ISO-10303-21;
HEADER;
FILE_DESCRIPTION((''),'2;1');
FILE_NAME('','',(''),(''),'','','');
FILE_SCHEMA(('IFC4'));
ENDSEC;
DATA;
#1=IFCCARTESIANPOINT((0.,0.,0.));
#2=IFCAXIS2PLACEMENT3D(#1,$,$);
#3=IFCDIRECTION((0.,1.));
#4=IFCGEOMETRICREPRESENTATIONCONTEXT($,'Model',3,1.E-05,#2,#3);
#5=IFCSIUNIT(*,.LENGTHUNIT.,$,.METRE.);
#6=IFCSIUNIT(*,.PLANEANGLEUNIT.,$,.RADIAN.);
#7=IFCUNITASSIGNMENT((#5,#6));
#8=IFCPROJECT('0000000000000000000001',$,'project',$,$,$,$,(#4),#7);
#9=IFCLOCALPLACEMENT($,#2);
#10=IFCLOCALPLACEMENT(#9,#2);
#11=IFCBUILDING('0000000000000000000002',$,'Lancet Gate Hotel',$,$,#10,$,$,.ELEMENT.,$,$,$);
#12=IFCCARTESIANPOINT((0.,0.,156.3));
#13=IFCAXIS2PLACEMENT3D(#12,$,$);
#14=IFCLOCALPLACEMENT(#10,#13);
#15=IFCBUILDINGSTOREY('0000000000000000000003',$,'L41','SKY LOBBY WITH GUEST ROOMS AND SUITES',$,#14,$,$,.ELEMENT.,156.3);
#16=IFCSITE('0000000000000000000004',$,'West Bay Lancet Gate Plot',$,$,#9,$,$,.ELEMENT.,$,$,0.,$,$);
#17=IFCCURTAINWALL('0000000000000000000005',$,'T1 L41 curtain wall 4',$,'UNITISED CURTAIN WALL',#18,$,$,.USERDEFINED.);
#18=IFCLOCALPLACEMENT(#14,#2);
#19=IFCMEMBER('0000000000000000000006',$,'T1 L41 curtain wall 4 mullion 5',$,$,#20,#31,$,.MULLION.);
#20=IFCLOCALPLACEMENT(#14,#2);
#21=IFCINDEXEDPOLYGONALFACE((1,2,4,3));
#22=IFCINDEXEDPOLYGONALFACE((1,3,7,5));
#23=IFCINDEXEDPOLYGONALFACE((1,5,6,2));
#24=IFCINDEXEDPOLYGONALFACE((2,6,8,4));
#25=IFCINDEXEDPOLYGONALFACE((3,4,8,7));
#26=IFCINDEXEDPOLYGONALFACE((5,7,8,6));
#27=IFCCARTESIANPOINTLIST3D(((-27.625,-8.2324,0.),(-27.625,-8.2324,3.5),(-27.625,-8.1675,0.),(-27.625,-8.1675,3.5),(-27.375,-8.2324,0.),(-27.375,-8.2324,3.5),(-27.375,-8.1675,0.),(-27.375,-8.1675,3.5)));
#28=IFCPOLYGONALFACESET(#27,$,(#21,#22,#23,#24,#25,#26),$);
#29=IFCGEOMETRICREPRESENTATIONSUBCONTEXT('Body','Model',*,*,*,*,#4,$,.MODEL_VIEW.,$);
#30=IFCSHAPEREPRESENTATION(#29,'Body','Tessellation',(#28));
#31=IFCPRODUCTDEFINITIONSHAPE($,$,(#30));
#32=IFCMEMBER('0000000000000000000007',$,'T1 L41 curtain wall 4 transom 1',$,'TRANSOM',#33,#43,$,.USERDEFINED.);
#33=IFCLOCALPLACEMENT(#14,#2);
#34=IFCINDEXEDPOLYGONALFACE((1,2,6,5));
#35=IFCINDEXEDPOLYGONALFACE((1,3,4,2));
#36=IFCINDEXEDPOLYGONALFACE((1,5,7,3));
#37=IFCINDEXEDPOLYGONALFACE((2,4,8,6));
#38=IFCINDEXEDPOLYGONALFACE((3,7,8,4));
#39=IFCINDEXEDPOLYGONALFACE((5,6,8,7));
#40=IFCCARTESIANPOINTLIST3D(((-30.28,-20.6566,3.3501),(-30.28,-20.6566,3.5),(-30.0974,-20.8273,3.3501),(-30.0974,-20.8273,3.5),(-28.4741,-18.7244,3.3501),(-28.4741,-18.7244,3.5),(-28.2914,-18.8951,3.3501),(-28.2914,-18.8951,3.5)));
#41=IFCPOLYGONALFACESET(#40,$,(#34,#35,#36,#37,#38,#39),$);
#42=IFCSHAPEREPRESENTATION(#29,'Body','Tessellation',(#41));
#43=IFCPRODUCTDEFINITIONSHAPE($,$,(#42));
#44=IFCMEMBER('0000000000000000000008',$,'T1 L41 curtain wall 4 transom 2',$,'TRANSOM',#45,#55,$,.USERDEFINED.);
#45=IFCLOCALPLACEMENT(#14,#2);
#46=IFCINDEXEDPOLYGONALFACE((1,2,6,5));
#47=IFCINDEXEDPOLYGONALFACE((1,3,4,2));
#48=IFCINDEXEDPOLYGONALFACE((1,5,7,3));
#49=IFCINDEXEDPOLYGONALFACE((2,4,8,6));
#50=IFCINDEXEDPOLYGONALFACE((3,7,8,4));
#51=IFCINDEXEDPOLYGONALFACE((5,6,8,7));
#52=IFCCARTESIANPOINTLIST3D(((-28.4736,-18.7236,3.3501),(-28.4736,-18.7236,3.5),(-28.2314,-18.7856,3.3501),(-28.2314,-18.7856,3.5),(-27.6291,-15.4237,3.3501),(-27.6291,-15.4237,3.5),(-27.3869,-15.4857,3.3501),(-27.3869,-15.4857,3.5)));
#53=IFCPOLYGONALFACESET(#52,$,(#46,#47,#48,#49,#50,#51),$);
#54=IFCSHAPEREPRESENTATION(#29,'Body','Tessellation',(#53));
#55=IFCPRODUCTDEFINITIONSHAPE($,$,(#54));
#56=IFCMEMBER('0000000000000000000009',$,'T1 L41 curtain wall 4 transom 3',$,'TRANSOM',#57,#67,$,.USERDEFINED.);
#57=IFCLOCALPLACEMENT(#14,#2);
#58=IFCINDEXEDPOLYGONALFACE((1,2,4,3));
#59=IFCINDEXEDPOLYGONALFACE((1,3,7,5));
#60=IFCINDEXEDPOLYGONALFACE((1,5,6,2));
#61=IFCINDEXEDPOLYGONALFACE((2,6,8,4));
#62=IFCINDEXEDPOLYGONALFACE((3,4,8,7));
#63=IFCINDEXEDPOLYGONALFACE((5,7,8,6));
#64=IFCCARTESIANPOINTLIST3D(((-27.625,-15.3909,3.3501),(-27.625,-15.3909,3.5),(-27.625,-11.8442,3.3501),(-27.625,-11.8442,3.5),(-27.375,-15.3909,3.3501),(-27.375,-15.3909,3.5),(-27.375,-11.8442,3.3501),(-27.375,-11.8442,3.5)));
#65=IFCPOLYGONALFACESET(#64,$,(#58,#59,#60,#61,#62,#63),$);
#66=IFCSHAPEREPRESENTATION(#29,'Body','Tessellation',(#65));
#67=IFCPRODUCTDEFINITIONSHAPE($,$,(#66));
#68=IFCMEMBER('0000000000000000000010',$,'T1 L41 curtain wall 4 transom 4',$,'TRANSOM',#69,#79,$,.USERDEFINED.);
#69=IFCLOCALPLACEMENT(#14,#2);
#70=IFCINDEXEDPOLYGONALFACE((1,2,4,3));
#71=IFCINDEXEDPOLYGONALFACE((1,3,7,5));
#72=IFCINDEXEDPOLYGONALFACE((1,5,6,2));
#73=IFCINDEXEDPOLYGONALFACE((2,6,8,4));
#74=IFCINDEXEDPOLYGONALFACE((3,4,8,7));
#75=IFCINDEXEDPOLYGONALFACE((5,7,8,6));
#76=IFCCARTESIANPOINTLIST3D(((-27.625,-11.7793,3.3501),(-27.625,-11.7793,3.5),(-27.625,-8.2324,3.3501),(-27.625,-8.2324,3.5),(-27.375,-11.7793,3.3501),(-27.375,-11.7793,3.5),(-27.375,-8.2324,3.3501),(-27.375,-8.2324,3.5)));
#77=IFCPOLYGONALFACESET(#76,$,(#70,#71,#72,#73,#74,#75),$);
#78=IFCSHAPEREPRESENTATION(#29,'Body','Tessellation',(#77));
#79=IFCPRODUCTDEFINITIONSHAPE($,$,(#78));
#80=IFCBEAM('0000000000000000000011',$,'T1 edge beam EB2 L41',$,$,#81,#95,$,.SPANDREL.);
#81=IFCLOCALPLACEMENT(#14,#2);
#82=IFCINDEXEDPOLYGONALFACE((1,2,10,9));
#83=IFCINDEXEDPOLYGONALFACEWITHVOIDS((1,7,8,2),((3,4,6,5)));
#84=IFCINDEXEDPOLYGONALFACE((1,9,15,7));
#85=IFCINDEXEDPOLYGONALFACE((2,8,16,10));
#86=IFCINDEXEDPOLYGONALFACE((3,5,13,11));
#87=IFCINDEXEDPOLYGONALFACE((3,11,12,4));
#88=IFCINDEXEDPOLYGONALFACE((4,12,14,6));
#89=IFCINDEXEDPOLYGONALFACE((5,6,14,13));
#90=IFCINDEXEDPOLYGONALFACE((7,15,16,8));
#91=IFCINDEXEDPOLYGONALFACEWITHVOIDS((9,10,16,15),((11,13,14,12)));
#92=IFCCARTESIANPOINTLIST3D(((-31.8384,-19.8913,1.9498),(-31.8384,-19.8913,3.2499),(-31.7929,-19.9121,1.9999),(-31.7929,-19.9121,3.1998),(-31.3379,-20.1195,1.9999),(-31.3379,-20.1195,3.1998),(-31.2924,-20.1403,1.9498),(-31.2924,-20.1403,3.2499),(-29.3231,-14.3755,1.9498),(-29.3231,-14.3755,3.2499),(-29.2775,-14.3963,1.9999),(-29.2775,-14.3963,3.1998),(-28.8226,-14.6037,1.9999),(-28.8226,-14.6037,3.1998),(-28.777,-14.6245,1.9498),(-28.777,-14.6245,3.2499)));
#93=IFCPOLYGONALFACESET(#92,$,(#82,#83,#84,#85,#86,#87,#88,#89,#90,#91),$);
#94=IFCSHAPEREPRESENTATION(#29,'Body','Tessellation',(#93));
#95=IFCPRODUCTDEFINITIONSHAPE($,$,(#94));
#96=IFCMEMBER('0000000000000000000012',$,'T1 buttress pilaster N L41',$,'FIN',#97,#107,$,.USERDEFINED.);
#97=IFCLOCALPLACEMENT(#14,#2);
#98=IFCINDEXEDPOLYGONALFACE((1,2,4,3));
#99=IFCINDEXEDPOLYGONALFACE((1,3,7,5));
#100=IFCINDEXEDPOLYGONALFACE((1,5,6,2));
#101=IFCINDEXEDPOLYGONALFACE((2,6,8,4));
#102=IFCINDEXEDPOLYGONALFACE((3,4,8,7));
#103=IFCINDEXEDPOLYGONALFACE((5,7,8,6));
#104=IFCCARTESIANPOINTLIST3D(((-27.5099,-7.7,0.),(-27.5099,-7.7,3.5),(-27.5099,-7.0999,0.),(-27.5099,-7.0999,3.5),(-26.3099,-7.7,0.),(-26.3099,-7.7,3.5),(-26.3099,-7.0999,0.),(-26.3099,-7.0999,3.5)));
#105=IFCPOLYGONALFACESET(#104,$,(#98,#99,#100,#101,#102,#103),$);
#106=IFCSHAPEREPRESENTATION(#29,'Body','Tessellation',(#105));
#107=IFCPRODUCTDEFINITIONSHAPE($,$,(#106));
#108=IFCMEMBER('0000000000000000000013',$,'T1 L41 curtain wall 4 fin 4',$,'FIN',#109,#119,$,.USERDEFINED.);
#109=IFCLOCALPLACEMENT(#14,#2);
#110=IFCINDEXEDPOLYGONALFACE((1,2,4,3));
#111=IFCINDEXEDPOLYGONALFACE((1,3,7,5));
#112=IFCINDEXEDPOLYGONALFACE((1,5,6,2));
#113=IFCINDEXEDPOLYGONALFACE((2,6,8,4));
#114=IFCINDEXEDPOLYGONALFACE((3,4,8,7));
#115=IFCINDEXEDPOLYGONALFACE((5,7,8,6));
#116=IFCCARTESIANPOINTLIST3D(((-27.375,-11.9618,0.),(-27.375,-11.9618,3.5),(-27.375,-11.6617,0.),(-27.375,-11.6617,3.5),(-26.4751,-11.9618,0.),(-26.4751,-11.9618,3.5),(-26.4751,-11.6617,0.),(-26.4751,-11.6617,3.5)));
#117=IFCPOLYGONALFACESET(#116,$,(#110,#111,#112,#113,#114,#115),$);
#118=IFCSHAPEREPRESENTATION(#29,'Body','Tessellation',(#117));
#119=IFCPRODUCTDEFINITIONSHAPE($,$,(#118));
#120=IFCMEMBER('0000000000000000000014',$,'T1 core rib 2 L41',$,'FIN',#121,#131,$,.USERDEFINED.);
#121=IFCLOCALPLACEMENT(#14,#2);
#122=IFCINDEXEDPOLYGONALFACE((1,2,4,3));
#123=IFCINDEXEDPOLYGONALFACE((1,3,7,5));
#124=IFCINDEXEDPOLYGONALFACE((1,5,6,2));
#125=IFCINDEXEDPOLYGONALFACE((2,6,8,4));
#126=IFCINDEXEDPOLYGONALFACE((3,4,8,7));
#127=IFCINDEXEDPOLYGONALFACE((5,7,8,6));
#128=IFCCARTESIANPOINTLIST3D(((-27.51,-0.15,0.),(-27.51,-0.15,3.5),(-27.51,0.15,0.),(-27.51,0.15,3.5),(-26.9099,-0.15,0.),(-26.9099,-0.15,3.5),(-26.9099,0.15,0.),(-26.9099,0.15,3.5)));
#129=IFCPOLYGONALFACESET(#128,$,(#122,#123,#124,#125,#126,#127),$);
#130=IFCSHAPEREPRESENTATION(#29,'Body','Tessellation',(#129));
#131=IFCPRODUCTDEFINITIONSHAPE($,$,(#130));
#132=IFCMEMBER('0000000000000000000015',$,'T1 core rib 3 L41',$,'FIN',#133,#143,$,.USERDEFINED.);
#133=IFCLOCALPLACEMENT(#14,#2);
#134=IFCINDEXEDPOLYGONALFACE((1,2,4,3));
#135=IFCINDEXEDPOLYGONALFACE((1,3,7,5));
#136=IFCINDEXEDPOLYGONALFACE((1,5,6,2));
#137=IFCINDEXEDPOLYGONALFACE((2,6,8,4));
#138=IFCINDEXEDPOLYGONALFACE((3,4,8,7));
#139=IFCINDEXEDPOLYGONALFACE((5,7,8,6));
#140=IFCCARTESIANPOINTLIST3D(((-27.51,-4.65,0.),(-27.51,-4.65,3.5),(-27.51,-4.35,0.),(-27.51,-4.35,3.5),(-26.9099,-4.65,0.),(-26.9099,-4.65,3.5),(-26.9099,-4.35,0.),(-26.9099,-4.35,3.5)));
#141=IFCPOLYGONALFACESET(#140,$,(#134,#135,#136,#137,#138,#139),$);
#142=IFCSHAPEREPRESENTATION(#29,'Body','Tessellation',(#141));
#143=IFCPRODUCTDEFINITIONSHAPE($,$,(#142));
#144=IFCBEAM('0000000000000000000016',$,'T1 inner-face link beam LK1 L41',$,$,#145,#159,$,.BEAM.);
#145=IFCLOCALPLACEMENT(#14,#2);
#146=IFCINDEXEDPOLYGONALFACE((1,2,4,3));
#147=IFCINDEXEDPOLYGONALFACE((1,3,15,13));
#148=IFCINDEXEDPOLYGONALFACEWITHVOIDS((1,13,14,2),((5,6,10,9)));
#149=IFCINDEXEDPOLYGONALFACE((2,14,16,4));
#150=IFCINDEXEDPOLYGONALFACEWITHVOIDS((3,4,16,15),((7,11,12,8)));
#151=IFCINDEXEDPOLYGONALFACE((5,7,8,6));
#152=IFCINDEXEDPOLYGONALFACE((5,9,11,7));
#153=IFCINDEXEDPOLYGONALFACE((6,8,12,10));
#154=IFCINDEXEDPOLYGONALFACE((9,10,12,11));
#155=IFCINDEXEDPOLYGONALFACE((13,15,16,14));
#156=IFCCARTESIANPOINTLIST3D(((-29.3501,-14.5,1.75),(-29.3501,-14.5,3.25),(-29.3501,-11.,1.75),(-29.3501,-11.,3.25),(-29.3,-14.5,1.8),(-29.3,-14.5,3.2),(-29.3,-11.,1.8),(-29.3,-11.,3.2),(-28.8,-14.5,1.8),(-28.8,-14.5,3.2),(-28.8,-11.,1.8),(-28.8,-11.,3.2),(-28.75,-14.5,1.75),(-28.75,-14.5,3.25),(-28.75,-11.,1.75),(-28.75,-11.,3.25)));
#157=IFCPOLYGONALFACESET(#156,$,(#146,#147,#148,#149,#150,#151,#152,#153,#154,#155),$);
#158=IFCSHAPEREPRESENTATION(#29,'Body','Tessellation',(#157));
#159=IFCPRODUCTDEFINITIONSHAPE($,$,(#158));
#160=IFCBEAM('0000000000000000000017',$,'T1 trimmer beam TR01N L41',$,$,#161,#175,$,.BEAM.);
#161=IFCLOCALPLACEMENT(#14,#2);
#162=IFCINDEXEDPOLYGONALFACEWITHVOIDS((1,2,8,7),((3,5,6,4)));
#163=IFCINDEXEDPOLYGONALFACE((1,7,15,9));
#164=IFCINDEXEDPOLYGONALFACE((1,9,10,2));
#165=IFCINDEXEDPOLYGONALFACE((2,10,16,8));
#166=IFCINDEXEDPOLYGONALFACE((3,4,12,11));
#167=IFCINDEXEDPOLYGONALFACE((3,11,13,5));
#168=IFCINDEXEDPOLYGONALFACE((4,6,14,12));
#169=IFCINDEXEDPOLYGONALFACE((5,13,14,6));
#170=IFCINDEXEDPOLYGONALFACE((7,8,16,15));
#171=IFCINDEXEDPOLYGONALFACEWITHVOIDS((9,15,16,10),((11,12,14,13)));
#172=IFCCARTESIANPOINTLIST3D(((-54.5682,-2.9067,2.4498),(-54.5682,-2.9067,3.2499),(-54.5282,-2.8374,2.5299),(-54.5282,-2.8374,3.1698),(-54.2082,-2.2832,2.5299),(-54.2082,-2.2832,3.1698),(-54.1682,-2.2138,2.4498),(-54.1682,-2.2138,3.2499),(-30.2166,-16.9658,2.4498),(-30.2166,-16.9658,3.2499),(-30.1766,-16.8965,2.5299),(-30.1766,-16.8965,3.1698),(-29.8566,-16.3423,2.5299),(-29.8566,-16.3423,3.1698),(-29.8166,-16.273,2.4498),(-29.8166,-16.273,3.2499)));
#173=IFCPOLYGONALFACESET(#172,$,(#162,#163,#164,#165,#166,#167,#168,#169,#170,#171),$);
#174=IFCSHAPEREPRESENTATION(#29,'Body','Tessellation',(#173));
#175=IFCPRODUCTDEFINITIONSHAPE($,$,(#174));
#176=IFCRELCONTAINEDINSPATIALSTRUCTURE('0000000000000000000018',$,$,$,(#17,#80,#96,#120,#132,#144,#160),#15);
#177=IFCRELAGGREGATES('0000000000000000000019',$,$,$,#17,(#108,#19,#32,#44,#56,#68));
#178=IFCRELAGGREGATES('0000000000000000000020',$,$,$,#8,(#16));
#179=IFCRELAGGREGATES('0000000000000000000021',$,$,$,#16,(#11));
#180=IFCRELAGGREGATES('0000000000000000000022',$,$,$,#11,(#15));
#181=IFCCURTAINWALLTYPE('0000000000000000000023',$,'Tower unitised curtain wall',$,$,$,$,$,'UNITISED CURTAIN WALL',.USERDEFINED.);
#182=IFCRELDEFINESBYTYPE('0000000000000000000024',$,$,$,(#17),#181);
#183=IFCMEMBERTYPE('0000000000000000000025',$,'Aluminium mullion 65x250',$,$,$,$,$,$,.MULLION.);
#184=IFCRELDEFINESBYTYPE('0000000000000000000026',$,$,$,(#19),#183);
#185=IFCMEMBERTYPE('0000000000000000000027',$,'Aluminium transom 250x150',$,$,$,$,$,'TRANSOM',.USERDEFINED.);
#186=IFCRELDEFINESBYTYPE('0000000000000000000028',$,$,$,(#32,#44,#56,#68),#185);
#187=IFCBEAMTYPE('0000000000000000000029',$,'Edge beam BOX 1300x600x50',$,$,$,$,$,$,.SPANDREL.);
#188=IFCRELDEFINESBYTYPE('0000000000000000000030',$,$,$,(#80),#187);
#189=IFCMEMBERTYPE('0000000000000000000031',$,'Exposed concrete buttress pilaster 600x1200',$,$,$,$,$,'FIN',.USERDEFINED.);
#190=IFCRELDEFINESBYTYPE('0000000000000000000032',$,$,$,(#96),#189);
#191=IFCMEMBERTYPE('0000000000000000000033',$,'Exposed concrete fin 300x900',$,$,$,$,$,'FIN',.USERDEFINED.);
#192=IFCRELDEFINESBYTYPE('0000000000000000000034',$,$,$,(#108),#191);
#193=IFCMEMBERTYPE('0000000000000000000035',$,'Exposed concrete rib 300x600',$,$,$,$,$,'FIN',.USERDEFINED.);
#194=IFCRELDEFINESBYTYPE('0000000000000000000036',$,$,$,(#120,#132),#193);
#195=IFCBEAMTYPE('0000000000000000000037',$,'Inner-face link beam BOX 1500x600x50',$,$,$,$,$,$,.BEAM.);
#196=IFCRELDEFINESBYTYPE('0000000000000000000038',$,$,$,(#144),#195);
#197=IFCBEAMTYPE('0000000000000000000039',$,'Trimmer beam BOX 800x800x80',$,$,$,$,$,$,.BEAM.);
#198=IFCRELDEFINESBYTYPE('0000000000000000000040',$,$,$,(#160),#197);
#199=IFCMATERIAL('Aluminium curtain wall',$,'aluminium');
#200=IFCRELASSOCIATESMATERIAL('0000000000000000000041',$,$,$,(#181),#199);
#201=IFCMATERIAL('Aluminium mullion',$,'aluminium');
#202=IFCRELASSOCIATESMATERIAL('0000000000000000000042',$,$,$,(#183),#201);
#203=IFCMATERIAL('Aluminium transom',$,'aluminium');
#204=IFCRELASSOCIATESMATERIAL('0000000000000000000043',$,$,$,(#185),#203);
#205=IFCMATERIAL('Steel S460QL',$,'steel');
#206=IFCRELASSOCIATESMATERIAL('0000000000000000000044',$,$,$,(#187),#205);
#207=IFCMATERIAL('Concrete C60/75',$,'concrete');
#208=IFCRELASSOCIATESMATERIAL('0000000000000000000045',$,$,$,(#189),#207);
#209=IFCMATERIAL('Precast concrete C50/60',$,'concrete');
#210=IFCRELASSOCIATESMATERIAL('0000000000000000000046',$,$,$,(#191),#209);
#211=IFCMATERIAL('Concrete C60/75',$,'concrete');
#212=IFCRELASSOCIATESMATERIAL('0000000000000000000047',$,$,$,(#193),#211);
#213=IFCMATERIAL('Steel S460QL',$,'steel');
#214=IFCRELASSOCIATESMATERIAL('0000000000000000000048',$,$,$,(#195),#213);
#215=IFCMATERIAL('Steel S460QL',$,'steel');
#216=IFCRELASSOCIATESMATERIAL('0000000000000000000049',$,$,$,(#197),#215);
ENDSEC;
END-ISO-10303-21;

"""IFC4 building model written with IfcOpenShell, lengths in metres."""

from ifc_helpers import new_model, si_unit, direction, frame, origin, origin_2d, place, context, subcontext, project, spatial, rectangle, hollow_rectangle, extrude, material, material_profile, profile_set, type_object, element, aggregate, save


model = new_model("IFC4")

# Units and contexts
model_context = context("Model", 3, precision=1e-05, world=origin(), true_north=direction((0.0, 1.0)))
body_context = subcontext(model_context, "Body", "Model", "MODEL_VIEW")
ifc_project = project(units=[si_unit("LENGTHUNIT", "METRE"), si_unit("PLANEANGLEUNIT", "RADIAN")], contexts=[model_context])

# Site, building, storey
site_placement = place(None, origin())
site = spatial("IfcSite", under=ifc_project, at=site_placement, Name="West Bay Lancet Gate Plot", CompositionType="ELEMENT", RefElevation=0.0)
building_placement = place(site_placement, origin())
building = spatial("IfcBuilding", under=site, at=building_placement, Name="Lancet Gate Hotel", CompositionType="ELEMENT")
storey_placement = place(building_placement, frame((0.0, 0.0, 156.3)))
storey = spatial("IfcBuildingStorey", under=building, at=storey_placement, Name="L41", Description="SKY LOBBY WITH GUEST ROOMS AND SUITES", CompositionType="ELEMENT", Elevation=156.3)

# Curtain wall, members
ifc_material_1 = material(Name="Aluminium curtain wall", Category="aluminium")
curtain_wall_type = type_object("IfcCurtainWallType", Name="Tower unitised curtain wall", ElementType="UNITISED CURTAIN WALL", PredefinedType="USERDEFINED", material=ifc_material_1)
curtain_wall_placement = place(storey_placement, origin())
curtain_wall = element("IfcCurtainWall", 1, at=curtain_wall_placement, inside=storey, type_object=curtain_wall_type, Name="T1 L41 curtain wall 4", ObjectType="UNITISED CURTAIN WALL", PredefinedType="USERDEFINED")
ifc_material_2 = material(Name="Aluminium mullion", Category="aluminium")
ifc_material_profile_1 = material_profile(ifc_material_2, rectangle(XDim=0.0649, YDim=0.25, at=origin_2d()), Name="MULLION 65x250")
ifc_profile_set_1 = profile_set([ifc_material_profile_1], Name="Aluminium mullion")
member_type_1 = type_object("IfcMemberType", Name="Aluminium mullion 65x250", PredefinedType="MULLION", material=ifc_profile_set_1)
member_1_placement = place(storey_placement, frame((-27.5, -8.2, 0.0), z_axis=(0.0, 0.0, 1.0), x_axis=(0.0, 1.0, 0.0)))
member_1 = element("IfcMember", 2, at=member_1_placement, type_object=member_type_1, Name="T1 L41 curtain wall 4 mullion 5", PredefinedType="MULLION", context=body_context, shape_type="SweptSolid", body=[
    extrude(rectangle(XDim=0.0649, YDim=0.25, at=origin_2d()), origin(), (0.0, 0.0, 1.0), 3.5),
])
ifc_material_3 = material(Name="Aluminium transom", Category="aluminium")
ifc_material_profile_2 = material_profile(ifc_material_3, rectangle(XDim=0.25, YDim=0.1499, at=origin_2d()), Name="TRANSOM 250x150")
ifc_profile_set_2 = profile_set([ifc_material_profile_2], Name="Aluminium transom")
member_type_2 = type_object("IfcMemberType", Name="Aluminium transom 250x150", ElementType="TRANSOM", PredefinedType="USERDEFINED", material=ifc_profile_set_2)
member_2_placement = place(storey_placement, frame((-30.1887, -20.7419, 3.425), z_axis=(0.682841, 0.730567, 0.0), x_axis=(-0.730567, 0.682841, 0.0)))
member_2 = element("IfcMember", 3, at=member_2_placement, type_object=member_type_2, Name="T1 L41 curtain wall 4 transom 1", ObjectType="TRANSOM", PredefinedType="USERDEFINED", context=body_context, shape_type="SweptSolid", body=[
    extrude(rectangle(XDim=0.25, YDim=0.1499, at=origin_2d()), origin(), (0.0, 0.0, 1.0), 2.6448),
])
member_3_placement = place(storey_placement, frame((-28.3525, -18.7546, 3.425), z_axis=(0.247929, 0.968778, 0.0), x_axis=(-0.968778, 0.247929, 0.0)))
member_3 = element("IfcMember", 4, at=member_3_placement, type_object=member_type_2, Name="T1 L41 curtain wall 4 transom 2", ObjectType="TRANSOM", PredefinedType="USERDEFINED", context=body_context, shape_type="SweptSolid", body=[
    extrude(rectangle(XDim=0.25, YDim=0.1499, at=origin_2d()), origin(), (0.0, 0.0, 1.0), 3.4062),
])
member_4_placement = place(storey_placement, frame((-27.5, -15.3909, 3.425), z_axis=(0.0, 1.0, 0.0), x_axis=(-1.0, 0.0, 0.0)))
member_4 = element("IfcMember", 5, at=member_4_placement, type_object=member_type_2, Name="T1 L41 curtain wall 4 transom 3", ObjectType="TRANSOM", PredefinedType="USERDEFINED", context=body_context, shape_type="SweptSolid", body=[
    extrude(rectangle(XDim=0.25, YDim=0.1499, at=origin_2d()), origin(), (0.0, 0.0, 1.0), 3.5466),
])
member_5_placement = place(storey_placement, frame((-27.5, -11.7793, 3.425), z_axis=(0.0, 1.0, 0.0), x_axis=(-1.0, 0.0, 0.0)))
member_5 = element("IfcMember", 6, at=member_5_placement, type_object=member_type_2, Name="T1 L41 curtain wall 4 transom 4", ObjectType="TRANSOM", PredefinedType="USERDEFINED", context=body_context, shape_type="SweptSolid", body=[
    extrude(rectangle(XDim=0.25, YDim=0.1499, at=origin_2d()), origin(), (0.0, 0.0, 1.0), 3.5469),
])

# Beam
ifc_material_4 = material(Name="Steel S460QL", Category="steel")
ifc_material_profile_3 = material_profile(ifc_material_4, hollow_rectangle(XDim=0.6001, YDim=1.3, WallThickness=0.05, at=origin_2d()), Name="BOX 1300x600x50")
ifc_profile_set_3 = profile_set([ifc_material_profile_3], Name="Steel S460QL")
beam_type_1 = type_object("IfcBeamType", Name="Edge beam BOX 1300x600x50", PredefinedType="SPANDREL", material=ifc_profile_set_3)
beam_1_placement = place(storey_placement, frame((-29.05, -14.5, 2.5999), z_axis=(-0.414919, -0.909858, 0.0), x_axis=(0.909858, -0.414919, 0.0)))
element("IfcBeam", 7, at=beam_1_placement, inside=storey, type_object=beam_type_1, Name="T1 edge beam EB2 L41", PredefinedType="SPANDREL", context=body_context, shape_type="SweptSolid", body=[
    extrude(hollow_rectangle(XDim=0.6001, YDim=1.3, WallThickness=0.05, at=origin_2d()), origin(), (0.0, 0.0, 1.0), 6.0623),
])

# Members
ifc_material_5 = material(Name="Concrete C60/75", Category="concrete")
ifc_material_profile_4 = material_profile(ifc_material_5, rectangle(XDim=0.6001, YDim=1.2, at=origin_2d()), Name="FIN 600x1200")
ifc_profile_set_4 = profile_set([ifc_material_profile_4], Name="Concrete C60/75")
member_type_3 = type_object("IfcMemberType", Name="Exposed concrete buttress pilaster 600x1200", ElementType="FIN", PredefinedType="USERDEFINED", material=ifc_profile_set_4)
member_6_placement = place(storey_placement, frame((-26.9099, -7.3999, 0.0), z_axis=(0.0, 0.0, 1.0), x_axis=(0.0, 1.0, 0.0)))
element("IfcMember", 8, at=member_6_placement, inside=storey, type_object=member_type_3, Name="T1 buttress pilaster N L41", ObjectType="FIN", PredefinedType="USERDEFINED", context=body_context, shape_type="SweptSolid", body=[
    extrude(rectangle(XDim=0.6001, YDim=1.2, at=origin_2d()), origin(), (0.0, 0.0, 1.0), 3.5),
])
ifc_material_6 = material(Name="Precast concrete C50/60", Category="concrete")
ifc_material_profile_5 = material_profile(ifc_material_6, rectangle(XDim=0.3, YDim=0.8999, at=origin_2d()), Name="FIN 300x900")
ifc_profile_set_5 = profile_set([ifc_material_profile_5], Name="Precast concrete C50/60")
member_type_4 = type_object("IfcMemberType", Name="Exposed concrete fin 300x900", ElementType="FIN", PredefinedType="USERDEFINED", material=ifc_profile_set_5)
member_7_placement = place(storey_placement, frame((-26.925, -11.8118, 0.0), z_axis=(0.0, 0.0, 1.0), x_axis=(0.0, 1.0, 0.0)))
member_7 = element("IfcMember", 9, at=member_7_placement, type_object=member_type_4, Name="T1 L41 curtain wall 4 fin 4", ObjectType="FIN", PredefinedType="USERDEFINED", context=body_context, shape_type="SweptSolid", body=[
    extrude(rectangle(XDim=0.3, YDim=0.8999, at=origin_2d()), origin(), (0.0, 0.0, 1.0), 3.5),
])

# Members
ifc_material_7 = material(Name="Concrete C60/75", Category="concrete")
ifc_material_profile_6 = material_profile(ifc_material_7, rectangle(XDim=0.3, YDim=0.6001, at=origin_2d()), Name="FIN 300x600")
ifc_profile_set_6 = profile_set([ifc_material_profile_6], Name="Concrete C60/75")
member_type_5 = type_object("IfcMemberType", Name="Exposed concrete rib 300x600", ElementType="FIN", PredefinedType="USERDEFINED", material=ifc_profile_set_6)
for number, where, z_axis, x_axis, name in (
    (10, (-27.21, 0.0, 0.0), (0.0, 0.0, 1.0), (0.0, 1.0, 0.0), "T1 core rib 2 L41"),
    (11, (-27.21, -4.5, 0.0), (0.0, 0.0, 1.0), (0.0, 1.0, 0.0), "T1 core rib 3 L41"),
):
    element("IfcMember", number, at=place(storey_placement, frame(where, z_axis=z_axis, x_axis=x_axis)), inside=storey, type_object=member_type_5, Name=name, ObjectType="FIN", PredefinedType="USERDEFINED", context=body_context, shape_type="SweptSolid", body=[
        extrude(rectangle(XDim=0.3, YDim=0.6001, at=origin_2d()), origin(), (0.0, 0.0, 1.0), 3.5),
    ])

# Beams
ifc_material_8 = material(Name="Steel S460QL", Category="steel")
ifc_material_profile_7 = material_profile(ifc_material_8, hollow_rectangle(XDim=0.6001, YDim=1.5, WallThickness=0.05, at=origin_2d()), Name="BOX 1500x600x50")
ifc_profile_set_7 = profile_set([ifc_material_profile_7], Name="Steel S460QL")
beam_type_2 = type_object("IfcBeamType", Name="Inner-face link beam BOX 1500x600x50", PredefinedType="BEAM", material=ifc_profile_set_7)
beam_2_placement = place(storey_placement, frame((-29.05, -11.0, 2.5), z_axis=(0.0, -1.0, 0.0), x_axis=(1.0, 0.0, 0.0)))
element("IfcBeam", 12, at=beam_2_placement, inside=storey, type_object=beam_type_2, Name="T1 inner-face link beam LK1 L41", PredefinedType="BEAM", context=body_context, shape_type="SweptSolid", body=[
    extrude(hollow_rectangle(XDim=0.6001, YDim=1.5, WallThickness=0.05, at=origin_2d()), origin(), (0.0, 0.0, 1.0), 3.5),
])
ifc_material_9 = material(Name="Steel S460QL", Category="steel")
ifc_material_profile_8 = material_profile(ifc_material_9, hollow_rectangle(XDim=0.8, YDim=0.8, WallThickness=0.0801, at=origin_2d()), Name="BOX 800x800x80")
ifc_profile_set_8 = profile_set([ifc_material_profile_8], Name="Steel S460QL")
beam_type_3 = type_object("IfcBeamType", Name="Trimmer beam BOX 800x800x80", PredefinedType="BEAM", material=ifc_profile_set_8)
beam_3_placement = place(storey_placement, frame((-30.0166, -16.6194, 2.8499), z_axis=(-0.86603, 0.499992, 0.0), x_axis=(-0.499992, -0.86603, 0.0)))
element("IfcBeam", 13, at=beam_3_placement, inside=storey, type_object=beam_type_3, Name="T1 trimmer beam TR01N L41", PredefinedType="BEAM", context=body_context, shape_type="SweptSolid", body=[
    extrude(hollow_rectangle(XDim=0.8, YDim=0.8, WallThickness=0.0801, at=origin_2d()), origin(), (0.0, 0.0, 1.0), 28.1187),
])

aggregate(curtain_wall, [member_7, member_1, member_2, member_3, member_4, member_5])

save(model, "model.ifc")
